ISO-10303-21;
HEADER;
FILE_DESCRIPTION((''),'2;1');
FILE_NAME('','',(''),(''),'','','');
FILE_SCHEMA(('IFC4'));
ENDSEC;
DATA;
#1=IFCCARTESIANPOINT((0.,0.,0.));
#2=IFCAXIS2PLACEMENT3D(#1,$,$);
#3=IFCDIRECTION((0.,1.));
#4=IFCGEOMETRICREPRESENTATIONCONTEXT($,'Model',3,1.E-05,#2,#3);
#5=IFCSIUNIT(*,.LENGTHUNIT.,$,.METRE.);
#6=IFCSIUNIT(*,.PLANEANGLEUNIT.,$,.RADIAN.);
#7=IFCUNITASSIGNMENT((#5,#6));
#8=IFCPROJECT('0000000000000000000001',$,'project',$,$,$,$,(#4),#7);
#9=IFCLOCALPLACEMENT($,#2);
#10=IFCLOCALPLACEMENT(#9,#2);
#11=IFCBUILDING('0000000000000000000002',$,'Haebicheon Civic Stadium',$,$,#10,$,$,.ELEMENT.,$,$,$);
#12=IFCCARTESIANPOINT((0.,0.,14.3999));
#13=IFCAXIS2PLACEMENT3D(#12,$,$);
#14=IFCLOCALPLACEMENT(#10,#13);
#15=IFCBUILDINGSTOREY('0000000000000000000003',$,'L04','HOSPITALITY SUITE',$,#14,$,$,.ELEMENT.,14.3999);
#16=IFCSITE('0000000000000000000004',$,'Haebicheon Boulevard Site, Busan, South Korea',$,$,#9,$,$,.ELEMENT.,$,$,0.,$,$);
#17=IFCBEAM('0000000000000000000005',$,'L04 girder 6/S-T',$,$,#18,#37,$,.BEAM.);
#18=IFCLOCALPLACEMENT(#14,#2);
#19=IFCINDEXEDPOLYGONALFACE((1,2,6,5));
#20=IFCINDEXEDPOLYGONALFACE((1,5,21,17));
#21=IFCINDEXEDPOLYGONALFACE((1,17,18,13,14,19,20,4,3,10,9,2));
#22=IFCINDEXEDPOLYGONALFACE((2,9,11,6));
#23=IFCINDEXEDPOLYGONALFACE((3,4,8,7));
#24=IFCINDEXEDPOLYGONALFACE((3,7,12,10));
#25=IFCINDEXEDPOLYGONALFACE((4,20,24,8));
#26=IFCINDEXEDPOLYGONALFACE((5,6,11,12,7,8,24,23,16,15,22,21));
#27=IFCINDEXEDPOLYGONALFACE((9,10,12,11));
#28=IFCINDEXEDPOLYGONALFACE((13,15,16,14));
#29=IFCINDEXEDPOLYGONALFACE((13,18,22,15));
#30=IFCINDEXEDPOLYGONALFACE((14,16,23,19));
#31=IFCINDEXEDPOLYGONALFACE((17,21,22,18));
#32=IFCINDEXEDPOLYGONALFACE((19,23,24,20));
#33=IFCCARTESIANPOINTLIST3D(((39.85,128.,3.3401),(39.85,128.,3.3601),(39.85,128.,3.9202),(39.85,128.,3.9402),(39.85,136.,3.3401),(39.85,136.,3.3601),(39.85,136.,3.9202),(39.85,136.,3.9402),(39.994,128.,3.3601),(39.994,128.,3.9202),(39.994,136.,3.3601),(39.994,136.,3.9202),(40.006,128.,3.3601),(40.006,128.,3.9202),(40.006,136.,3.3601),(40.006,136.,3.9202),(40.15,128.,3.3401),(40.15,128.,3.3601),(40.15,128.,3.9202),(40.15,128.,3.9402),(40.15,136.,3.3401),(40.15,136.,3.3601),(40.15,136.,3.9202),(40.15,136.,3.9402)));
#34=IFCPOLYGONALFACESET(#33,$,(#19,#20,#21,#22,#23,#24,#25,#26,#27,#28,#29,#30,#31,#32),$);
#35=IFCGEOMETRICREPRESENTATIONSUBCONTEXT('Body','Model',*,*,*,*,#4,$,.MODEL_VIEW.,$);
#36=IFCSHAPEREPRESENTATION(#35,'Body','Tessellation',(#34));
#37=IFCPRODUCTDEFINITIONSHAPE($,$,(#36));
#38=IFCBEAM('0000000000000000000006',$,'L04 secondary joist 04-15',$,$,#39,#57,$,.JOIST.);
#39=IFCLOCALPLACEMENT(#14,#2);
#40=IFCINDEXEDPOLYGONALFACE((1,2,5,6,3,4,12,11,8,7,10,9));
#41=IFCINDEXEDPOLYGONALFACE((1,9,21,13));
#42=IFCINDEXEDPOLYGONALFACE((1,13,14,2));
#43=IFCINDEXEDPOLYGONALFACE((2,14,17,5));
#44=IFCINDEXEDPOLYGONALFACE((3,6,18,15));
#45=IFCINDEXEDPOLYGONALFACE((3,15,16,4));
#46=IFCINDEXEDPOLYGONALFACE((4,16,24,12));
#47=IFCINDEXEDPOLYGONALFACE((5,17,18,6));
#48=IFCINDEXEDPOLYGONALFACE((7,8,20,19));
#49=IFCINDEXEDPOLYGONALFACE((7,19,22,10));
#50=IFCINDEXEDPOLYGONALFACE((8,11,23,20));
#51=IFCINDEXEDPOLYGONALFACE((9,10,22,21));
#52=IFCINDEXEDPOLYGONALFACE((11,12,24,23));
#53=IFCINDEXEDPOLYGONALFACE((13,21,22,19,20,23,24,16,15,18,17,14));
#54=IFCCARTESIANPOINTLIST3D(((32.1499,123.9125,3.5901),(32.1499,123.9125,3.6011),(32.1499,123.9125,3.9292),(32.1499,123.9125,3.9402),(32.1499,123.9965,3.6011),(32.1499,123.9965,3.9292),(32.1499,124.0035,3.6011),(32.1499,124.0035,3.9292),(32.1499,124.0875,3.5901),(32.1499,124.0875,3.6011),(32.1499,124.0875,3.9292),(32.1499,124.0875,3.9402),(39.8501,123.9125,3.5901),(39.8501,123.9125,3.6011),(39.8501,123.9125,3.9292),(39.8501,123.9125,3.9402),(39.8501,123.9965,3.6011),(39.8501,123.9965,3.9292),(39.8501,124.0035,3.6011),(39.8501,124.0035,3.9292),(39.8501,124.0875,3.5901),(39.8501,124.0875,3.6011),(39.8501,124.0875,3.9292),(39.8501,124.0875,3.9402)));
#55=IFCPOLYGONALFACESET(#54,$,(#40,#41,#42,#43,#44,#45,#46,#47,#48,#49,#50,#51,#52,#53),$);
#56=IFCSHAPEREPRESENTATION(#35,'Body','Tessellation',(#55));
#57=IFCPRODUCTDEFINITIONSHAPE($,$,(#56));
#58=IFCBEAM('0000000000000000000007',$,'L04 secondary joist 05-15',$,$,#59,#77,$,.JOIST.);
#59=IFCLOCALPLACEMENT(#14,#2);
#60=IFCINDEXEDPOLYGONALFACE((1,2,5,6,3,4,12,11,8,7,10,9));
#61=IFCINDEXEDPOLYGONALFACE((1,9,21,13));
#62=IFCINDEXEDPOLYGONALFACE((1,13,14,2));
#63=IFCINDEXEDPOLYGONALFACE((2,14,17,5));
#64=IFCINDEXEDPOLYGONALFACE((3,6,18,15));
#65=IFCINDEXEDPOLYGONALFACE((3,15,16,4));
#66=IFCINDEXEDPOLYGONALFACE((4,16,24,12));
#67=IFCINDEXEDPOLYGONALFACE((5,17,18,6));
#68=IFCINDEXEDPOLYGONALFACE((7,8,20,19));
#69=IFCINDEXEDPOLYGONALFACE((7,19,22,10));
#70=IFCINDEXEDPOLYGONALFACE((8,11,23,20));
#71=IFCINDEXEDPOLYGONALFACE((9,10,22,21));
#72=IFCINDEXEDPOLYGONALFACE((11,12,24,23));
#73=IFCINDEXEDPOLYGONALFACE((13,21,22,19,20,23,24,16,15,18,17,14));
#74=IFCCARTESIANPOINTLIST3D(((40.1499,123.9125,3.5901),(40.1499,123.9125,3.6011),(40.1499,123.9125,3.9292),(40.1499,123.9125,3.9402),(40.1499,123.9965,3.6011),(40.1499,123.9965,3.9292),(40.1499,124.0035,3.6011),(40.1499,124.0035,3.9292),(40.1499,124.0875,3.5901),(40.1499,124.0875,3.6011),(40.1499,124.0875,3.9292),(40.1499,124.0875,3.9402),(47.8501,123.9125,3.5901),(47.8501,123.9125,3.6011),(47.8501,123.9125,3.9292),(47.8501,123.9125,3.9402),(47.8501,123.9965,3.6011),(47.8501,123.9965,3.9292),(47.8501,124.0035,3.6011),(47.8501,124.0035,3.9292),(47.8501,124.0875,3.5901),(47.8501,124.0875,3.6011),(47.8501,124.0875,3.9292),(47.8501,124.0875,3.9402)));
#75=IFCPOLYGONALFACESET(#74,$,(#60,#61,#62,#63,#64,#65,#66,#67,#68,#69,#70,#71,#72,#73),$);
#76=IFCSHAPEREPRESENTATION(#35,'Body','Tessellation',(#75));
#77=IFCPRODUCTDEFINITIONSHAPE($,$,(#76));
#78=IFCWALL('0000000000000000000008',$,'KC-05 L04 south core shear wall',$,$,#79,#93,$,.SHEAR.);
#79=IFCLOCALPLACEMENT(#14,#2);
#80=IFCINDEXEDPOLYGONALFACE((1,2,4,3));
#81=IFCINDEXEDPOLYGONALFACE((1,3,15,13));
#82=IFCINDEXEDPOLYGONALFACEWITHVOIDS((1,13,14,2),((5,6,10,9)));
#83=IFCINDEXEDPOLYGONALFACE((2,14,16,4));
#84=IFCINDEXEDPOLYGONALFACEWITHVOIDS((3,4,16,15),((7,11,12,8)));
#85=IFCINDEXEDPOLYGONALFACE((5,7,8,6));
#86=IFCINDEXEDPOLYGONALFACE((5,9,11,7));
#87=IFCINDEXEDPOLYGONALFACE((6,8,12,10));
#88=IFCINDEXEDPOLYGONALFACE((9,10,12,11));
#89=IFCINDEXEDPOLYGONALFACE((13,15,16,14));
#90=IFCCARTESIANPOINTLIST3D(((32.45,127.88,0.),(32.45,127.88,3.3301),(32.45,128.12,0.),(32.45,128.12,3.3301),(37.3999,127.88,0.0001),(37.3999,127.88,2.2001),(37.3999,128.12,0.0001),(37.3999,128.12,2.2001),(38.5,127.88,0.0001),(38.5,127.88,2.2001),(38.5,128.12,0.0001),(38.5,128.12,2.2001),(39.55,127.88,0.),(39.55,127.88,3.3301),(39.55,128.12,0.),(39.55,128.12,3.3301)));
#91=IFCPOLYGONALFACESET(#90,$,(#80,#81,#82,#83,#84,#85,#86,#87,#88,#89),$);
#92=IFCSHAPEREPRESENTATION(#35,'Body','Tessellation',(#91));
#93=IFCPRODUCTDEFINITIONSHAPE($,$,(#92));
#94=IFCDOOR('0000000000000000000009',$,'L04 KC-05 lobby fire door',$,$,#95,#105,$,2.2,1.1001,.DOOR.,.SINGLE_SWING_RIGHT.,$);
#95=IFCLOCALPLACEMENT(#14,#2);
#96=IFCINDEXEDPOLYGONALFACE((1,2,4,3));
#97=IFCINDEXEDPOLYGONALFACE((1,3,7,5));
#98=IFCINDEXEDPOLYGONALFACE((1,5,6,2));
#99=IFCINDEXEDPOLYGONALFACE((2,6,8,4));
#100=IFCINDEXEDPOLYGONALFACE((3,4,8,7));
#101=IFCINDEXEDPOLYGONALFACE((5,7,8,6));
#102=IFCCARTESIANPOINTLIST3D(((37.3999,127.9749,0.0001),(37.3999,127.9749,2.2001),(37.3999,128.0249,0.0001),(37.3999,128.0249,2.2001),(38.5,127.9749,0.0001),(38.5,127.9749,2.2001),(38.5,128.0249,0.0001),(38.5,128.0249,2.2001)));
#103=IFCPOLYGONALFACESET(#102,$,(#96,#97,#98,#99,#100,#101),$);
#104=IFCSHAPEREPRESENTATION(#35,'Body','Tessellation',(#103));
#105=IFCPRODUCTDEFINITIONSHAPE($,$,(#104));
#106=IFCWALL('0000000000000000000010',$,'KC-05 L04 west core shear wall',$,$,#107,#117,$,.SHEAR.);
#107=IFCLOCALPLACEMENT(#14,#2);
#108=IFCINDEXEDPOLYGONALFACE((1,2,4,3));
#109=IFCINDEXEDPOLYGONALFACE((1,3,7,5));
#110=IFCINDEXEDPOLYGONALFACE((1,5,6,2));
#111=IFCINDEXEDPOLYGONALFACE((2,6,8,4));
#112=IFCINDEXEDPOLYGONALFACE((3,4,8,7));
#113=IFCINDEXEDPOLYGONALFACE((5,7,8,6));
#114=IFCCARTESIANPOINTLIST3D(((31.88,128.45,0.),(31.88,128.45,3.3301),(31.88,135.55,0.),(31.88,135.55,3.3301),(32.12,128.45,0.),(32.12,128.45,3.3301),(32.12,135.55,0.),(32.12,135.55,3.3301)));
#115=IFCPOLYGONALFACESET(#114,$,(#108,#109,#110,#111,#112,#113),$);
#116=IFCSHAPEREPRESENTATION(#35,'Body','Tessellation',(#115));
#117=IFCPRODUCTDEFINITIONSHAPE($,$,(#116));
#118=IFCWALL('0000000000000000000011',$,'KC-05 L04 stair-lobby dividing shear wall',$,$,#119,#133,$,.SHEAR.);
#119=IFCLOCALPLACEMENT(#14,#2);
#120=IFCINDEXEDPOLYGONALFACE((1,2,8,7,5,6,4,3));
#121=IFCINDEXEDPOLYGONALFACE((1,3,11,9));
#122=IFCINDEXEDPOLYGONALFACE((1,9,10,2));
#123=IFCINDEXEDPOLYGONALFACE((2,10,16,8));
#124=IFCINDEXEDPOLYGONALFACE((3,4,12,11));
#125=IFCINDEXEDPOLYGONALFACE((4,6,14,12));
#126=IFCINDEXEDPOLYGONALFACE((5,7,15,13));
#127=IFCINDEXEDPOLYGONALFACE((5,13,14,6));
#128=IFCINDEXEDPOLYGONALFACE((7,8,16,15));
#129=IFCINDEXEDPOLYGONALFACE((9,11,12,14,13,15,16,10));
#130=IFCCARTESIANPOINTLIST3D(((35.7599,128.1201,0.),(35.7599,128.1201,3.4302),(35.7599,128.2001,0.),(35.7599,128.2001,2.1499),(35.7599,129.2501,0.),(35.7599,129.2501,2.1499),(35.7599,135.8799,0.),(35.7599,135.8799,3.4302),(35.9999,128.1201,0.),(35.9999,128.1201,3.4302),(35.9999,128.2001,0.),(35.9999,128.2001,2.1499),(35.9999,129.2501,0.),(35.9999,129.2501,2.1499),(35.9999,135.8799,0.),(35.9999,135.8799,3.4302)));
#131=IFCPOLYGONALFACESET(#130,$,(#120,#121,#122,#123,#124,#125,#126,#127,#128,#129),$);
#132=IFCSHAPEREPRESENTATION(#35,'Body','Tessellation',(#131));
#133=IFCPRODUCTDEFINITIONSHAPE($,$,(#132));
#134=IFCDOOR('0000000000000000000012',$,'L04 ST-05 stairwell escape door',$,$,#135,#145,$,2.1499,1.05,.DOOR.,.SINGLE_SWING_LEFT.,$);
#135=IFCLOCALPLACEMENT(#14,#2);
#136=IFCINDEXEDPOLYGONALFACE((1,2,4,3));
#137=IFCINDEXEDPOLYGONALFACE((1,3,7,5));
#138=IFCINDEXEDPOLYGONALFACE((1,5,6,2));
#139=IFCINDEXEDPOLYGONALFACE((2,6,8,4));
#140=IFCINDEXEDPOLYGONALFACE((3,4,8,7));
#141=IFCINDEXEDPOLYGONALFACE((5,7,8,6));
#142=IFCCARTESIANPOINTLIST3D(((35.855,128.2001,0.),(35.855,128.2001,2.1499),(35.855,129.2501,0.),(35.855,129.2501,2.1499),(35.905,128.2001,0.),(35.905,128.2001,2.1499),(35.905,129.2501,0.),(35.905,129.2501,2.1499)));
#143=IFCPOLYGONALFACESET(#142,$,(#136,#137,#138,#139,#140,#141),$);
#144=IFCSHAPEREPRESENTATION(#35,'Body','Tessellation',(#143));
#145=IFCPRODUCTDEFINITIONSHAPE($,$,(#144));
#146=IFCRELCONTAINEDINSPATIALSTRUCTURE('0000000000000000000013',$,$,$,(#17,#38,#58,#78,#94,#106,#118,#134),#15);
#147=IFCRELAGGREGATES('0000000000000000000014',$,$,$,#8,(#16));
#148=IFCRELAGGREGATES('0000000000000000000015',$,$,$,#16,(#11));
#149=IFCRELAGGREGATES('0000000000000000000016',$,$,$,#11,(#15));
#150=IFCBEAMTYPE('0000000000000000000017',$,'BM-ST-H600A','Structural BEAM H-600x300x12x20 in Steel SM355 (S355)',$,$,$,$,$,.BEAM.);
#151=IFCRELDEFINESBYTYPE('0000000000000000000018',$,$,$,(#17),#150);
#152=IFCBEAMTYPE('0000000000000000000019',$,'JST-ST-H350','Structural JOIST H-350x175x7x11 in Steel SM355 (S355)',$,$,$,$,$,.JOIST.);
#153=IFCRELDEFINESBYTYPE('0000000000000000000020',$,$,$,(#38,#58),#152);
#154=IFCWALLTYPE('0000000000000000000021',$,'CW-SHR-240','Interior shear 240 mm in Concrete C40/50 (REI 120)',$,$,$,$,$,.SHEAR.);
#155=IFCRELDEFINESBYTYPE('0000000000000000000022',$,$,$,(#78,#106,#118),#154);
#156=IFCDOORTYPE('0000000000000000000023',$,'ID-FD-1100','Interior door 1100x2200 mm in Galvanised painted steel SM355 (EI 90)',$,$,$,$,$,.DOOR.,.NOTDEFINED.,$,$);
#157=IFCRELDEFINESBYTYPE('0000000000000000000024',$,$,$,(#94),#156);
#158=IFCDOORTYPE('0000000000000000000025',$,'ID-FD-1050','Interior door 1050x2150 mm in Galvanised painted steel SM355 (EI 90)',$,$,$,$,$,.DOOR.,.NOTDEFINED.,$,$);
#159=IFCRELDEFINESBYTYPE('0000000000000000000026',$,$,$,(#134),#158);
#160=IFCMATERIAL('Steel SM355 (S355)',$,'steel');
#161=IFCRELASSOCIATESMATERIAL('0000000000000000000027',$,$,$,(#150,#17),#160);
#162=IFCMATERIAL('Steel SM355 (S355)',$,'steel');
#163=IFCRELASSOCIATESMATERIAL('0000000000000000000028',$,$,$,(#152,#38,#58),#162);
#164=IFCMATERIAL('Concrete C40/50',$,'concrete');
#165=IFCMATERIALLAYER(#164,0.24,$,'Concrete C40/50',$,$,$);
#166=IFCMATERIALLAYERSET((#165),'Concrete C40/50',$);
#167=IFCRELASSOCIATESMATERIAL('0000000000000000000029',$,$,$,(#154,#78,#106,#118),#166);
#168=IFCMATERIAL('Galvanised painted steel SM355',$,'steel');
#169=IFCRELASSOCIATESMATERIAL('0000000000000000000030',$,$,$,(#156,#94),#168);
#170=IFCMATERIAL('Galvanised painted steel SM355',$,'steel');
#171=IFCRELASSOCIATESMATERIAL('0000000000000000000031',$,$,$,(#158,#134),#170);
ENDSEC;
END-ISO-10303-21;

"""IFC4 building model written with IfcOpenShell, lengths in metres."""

from ifc_helpers import new_model, si_unit, direction, frame, frame_2d, origin, origin_2d, place, context, subcontext, project, spatial, rectangle, i_section, extrude, material, layer, layer_set, material_profile, profile_set, type_object, element, fill, save


model = new_model("IFC4")

# Units and contexts
model_context = context("Model", 3, precision=1e-05, world=origin(), true_north=direction((0.0, 1.0)))
body_context = subcontext(model_context, "Body", "Model", "MODEL_VIEW")
ifc_project = project(units=[si_unit("LENGTHUNIT", "METRE"), si_unit("PLANEANGLEUNIT", "RADIAN")], contexts=[model_context])

# Site, building, storey
site_placement = place(None, origin())
site = spatial("IfcSite", under=ifc_project, at=site_placement, Name="Haebicheon Boulevard Site, Busan, South Korea", CompositionType="ELEMENT", RefElevation=0.0)
building_placement = place(site_placement, origin())
building = spatial("IfcBuilding", under=site, at=building_placement, Name="Haebicheon Civic Stadium", CompositionType="ELEMENT")
storey_placement = place(building_placement, frame((0.0, 0.0, 14.3999)))
storey = spatial("IfcBuildingStorey", under=building, at=storey_placement, Name="L04", Description="HOSPITALITY SUITE", CompositionType="ELEMENT", Elevation=14.3999)

# Beams
ifc_material_1 = material(Name="Steel SM355 (S355)", Category="steel")
ifc_material_profile_1 = material_profile(ifc_material_1, i_section(OverallWidth=0.3, OverallDepth=0.6001, WebThickness=0.012, FlangeThickness=0.02, at=origin_2d()), Name="H-600x300x12x20")
ifc_profile_set_1 = profile_set([ifc_material_profile_1], Name="Steel SM355 (S355)")
beam_type_1 = type_object("IfcBeamType", Name="BM-ST-H600A", Description="Structural BEAM H-600x300x12x20 in Steel SM355 (S355)", PredefinedType="BEAM", material=ifc_profile_set_1)
for number, where, z_axis, x_axis, name in (
    (1, (40.0, 128.0, 3.6401), (0.0, 1.0, 0.0), (-1.0, 0.0, 0.0), "L04 girder 6/S-T"),
):
    element("IfcBeam", number, at=place(storey_placement, frame(where, z_axis=z_axis, x_axis=x_axis)), inside=storey, type_object=beam_type_1, material=ifc_profile_set_1, Name=name, PredefinedType="BEAM", context=body_context, shape_type="SweptSolid", body=[
        extrude(i_section(OverallWidth=0.3, OverallDepth=0.6001, WebThickness=0.012, FlangeThickness=0.02, at=origin_2d()), origin(), (0.0, 0.0, 1.0), 8.0),
    ])
ifc_material_2 = material(Name="Steel SM355 (S355)", Category="steel")
ifc_material_profile_2 = material_profile(ifc_material_2, i_section(OverallWidth=0.175, OverallDepth=0.3501, WebThickness=0.0071, FlangeThickness=0.011, at=origin_2d()), Name="H-350x175x7x11")
ifc_profile_set_2 = profile_set([ifc_material_profile_2], Name="Steel SM355 (S355)")
beam_type_2 = type_object("IfcBeamType", Name="JST-ST-H350", Description="Structural JOIST H-350x175x7x11 in Steel SM355 (S355)", PredefinedType="JOIST", material=ifc_profile_set_2)
for number, where, z_axis, x_axis, name in (
    (2, (32.1499, 124.0, 3.7651), (1.0, 0.0, 0.0), (0.0, 1.0, 0.0), "L04 secondary joist 04-15"),
    (3, (40.1499, 124.0, 3.7651), (1.0, 0.0, 0.0), (0.0, 1.0, 0.0), "L04 secondary joist 05-15"),
):
    element("IfcBeam", number, at=place(storey_placement, frame(where, z_axis=z_axis, x_axis=x_axis)), inside=storey, type_object=beam_type_2, material=ifc_profile_set_2, Name=name, PredefinedType="JOIST", context=body_context, shape_type="SweptSolid", body=[
        extrude(i_section(OverallWidth=0.175, OverallDepth=0.3501, WebThickness=0.0071, FlangeThickness=0.011, at=origin_2d()), origin(), (0.0, 0.0, 1.0), 7.7002),
    ])

# Wall, opening, door
ifc_material_3 = material(Name="Concrete C40/50", Category="concrete")
ifc_layer_1 = layer(ifc_material_3, 0.24, Name="Concrete C40/50")
ifc_layer_set_1 = layer_set([ifc_layer_1], Name="Concrete C40/50")
wall_type_1 = type_object("IfcWallType", Name="CW-SHR-240", Description="Interior shear 240 mm in Concrete C40/50 (REI 120)", PredefinedType="SHEAR", material=ifc_layer_set_1)
wall_1_placement = place(storey_placement, frame((32.45, 128.0, 0.0), z_axis=(0.0, 0.0, 1.0), x_axis=(1.0, 0.0, 0.0)))
wall_1 = element("IfcWall", 4, at=wall_1_placement, inside=storey, type_object=wall_type_1, material=ifc_layer_set_1, Name="KC-05 L04 south core shear wall", PredefinedType="SHEAR", context=body_context, shape_type="SweptSolid", body=[
    extrude(rectangle(XDim=7.1001, YDim=0.24, at=frame_2d((3.55, 0.0))), origin(), (0.0, 0.0, 1.0), 3.3301),
])
opening_1_placement = place(wall_1_placement, frame((4.95, 0.0, 0.0)))
opening_1 = element("IfcOpeningElement", 5, at=opening_1_placement, cuts=wall_1, PredefinedType="OPENING", context=body_context, shape_type="SweptSolid", body=[
    extrude(rectangle(XDim=1.1001, YDim=2.2, at=frame_2d((0.55, 1.1001))), frame((0.0, 0.1299, 0.0), z_axis=(0.0, -1.0, 0.0), x_axis=(1.0, 0.0, 0.0)), (0.0, 0.0, 1.0), 0.26),
])
ifc_material_4 = material(Name="Galvanised painted steel SM355", Category="steel")
door_type_1 = type_object("IfcDoorType", Name="ID-FD-1100", Description="Interior door 1100x2200 mm in Galvanised painted steel SM355 (EI 90)", OperationType="NOTDEFINED", PredefinedType="DOOR", material=ifc_material_4)
door_1_placement = place(opening_1_placement, origin())
door_1 = element("IfcDoor", 6, at=door_1_placement, inside=storey, type_object=door_type_1, material=ifc_material_4, Name="L04 KC-05 lobby fire door", OperationType="SINGLE_SWING_RIGHT", OverallHeight=2.2, OverallWidth=1.1001, PredefinedType="DOOR", context=body_context, shape_type="SweptSolid", body=[
    extrude(rectangle(XDim=1.1001, YDim=2.2, at=frame_2d((0.55, 1.1001))), frame((0.0, 0.0249, 0.0), z_axis=(0.0, -1.0, 0.0), x_axis=(1.0, 0.0, 0.0)), (0.0, 0.0, 1.0), 0.05),
])
fill(opening_1, door_1)

# Wall
wall_2_placement = place(storey_placement, frame((32.0, 128.45, 0.0), z_axis=(0.0, 0.0, 1.0), x_axis=(0.0, 1.0, 0.0)))
element("IfcWall", 7, at=wall_2_placement, inside=storey, type_object=wall_type_1, material=ifc_layer_set_1, Name="KC-05 L04 west core shear wall", PredefinedType="SHEAR", context=body_context, shape_type="SweptSolid", body=[
    extrude(rectangle(XDim=7.1001, YDim=0.24, at=frame_2d((3.55, 0.0))), origin(), (0.0, 0.0, 1.0), 3.3301),
])

# Wall, opening, door
wall_3_placement = place(storey_placement, frame((35.8799, 128.1201, 0.0), z_axis=(0.0, 0.0, 1.0), x_axis=(0.0, 1.0, 0.0)))
wall_3 = element("IfcWall", 8, at=wall_3_placement, inside=storey, type_object=wall_type_1, material=ifc_layer_set_1, Name="KC-05 L04 stair-lobby dividing shear wall", PredefinedType="SHEAR", context=body_context, shape_type="SweptSolid", body=[
    extrude(rectangle(XDim=7.7598, YDim=0.24, at=frame_2d((3.8799, 0.0))), origin(), (0.0, 0.0, 1.0), 3.4302),
])
opening_2_placement = place(wall_3_placement, frame((0.0801, 0.0, 0.0)))
opening_2 = element("IfcOpeningElement", 9, at=opening_2_placement, cuts=wall_3, PredefinedType="OPENING", context=body_context, shape_type="SweptSolid", body=[
    extrude(rectangle(XDim=1.05, YDim=2.1499, at=frame_2d((0.5249, 1.075))), frame((0.0, 0.1299, 0.0), z_axis=(0.0, -1.0, 0.0), x_axis=(1.0, 0.0, 0.0)), (0.0, 0.0, 1.0), 0.26),
])
ifc_material_5 = material(Name="Galvanised painted steel SM355", Category="steel")
door_type_2 = type_object("IfcDoorType", Name="ID-FD-1050", Description="Interior door 1050x2150 mm in Galvanised painted steel SM355 (EI 90)", OperationType="NOTDEFINED", PredefinedType="DOOR", material=ifc_material_5)
door_2_placement = place(opening_2_placement, origin())
door_2 = element("IfcDoor", 10, at=door_2_placement, inside=storey, type_object=door_type_2, material=ifc_material_5, Name="L04 ST-05 stairwell escape door", OperationType="SINGLE_SWING_LEFT", OverallHeight=2.1499, OverallWidth=1.05, PredefinedType="DOOR", context=body_context, shape_type="SweptSolid", body=[
    extrude(rectangle(XDim=1.05, YDim=2.1499, at=frame_2d((0.5249, 1.075))), frame((0.0, 0.0249, 0.0), z_axis=(0.0, -1.0, 0.0), x_axis=(1.0, 0.0, 0.0)), (0.0, 0.0, 1.0), 0.05),
])
fill(opening_2, door_2)

save(model, "model.ifc")
